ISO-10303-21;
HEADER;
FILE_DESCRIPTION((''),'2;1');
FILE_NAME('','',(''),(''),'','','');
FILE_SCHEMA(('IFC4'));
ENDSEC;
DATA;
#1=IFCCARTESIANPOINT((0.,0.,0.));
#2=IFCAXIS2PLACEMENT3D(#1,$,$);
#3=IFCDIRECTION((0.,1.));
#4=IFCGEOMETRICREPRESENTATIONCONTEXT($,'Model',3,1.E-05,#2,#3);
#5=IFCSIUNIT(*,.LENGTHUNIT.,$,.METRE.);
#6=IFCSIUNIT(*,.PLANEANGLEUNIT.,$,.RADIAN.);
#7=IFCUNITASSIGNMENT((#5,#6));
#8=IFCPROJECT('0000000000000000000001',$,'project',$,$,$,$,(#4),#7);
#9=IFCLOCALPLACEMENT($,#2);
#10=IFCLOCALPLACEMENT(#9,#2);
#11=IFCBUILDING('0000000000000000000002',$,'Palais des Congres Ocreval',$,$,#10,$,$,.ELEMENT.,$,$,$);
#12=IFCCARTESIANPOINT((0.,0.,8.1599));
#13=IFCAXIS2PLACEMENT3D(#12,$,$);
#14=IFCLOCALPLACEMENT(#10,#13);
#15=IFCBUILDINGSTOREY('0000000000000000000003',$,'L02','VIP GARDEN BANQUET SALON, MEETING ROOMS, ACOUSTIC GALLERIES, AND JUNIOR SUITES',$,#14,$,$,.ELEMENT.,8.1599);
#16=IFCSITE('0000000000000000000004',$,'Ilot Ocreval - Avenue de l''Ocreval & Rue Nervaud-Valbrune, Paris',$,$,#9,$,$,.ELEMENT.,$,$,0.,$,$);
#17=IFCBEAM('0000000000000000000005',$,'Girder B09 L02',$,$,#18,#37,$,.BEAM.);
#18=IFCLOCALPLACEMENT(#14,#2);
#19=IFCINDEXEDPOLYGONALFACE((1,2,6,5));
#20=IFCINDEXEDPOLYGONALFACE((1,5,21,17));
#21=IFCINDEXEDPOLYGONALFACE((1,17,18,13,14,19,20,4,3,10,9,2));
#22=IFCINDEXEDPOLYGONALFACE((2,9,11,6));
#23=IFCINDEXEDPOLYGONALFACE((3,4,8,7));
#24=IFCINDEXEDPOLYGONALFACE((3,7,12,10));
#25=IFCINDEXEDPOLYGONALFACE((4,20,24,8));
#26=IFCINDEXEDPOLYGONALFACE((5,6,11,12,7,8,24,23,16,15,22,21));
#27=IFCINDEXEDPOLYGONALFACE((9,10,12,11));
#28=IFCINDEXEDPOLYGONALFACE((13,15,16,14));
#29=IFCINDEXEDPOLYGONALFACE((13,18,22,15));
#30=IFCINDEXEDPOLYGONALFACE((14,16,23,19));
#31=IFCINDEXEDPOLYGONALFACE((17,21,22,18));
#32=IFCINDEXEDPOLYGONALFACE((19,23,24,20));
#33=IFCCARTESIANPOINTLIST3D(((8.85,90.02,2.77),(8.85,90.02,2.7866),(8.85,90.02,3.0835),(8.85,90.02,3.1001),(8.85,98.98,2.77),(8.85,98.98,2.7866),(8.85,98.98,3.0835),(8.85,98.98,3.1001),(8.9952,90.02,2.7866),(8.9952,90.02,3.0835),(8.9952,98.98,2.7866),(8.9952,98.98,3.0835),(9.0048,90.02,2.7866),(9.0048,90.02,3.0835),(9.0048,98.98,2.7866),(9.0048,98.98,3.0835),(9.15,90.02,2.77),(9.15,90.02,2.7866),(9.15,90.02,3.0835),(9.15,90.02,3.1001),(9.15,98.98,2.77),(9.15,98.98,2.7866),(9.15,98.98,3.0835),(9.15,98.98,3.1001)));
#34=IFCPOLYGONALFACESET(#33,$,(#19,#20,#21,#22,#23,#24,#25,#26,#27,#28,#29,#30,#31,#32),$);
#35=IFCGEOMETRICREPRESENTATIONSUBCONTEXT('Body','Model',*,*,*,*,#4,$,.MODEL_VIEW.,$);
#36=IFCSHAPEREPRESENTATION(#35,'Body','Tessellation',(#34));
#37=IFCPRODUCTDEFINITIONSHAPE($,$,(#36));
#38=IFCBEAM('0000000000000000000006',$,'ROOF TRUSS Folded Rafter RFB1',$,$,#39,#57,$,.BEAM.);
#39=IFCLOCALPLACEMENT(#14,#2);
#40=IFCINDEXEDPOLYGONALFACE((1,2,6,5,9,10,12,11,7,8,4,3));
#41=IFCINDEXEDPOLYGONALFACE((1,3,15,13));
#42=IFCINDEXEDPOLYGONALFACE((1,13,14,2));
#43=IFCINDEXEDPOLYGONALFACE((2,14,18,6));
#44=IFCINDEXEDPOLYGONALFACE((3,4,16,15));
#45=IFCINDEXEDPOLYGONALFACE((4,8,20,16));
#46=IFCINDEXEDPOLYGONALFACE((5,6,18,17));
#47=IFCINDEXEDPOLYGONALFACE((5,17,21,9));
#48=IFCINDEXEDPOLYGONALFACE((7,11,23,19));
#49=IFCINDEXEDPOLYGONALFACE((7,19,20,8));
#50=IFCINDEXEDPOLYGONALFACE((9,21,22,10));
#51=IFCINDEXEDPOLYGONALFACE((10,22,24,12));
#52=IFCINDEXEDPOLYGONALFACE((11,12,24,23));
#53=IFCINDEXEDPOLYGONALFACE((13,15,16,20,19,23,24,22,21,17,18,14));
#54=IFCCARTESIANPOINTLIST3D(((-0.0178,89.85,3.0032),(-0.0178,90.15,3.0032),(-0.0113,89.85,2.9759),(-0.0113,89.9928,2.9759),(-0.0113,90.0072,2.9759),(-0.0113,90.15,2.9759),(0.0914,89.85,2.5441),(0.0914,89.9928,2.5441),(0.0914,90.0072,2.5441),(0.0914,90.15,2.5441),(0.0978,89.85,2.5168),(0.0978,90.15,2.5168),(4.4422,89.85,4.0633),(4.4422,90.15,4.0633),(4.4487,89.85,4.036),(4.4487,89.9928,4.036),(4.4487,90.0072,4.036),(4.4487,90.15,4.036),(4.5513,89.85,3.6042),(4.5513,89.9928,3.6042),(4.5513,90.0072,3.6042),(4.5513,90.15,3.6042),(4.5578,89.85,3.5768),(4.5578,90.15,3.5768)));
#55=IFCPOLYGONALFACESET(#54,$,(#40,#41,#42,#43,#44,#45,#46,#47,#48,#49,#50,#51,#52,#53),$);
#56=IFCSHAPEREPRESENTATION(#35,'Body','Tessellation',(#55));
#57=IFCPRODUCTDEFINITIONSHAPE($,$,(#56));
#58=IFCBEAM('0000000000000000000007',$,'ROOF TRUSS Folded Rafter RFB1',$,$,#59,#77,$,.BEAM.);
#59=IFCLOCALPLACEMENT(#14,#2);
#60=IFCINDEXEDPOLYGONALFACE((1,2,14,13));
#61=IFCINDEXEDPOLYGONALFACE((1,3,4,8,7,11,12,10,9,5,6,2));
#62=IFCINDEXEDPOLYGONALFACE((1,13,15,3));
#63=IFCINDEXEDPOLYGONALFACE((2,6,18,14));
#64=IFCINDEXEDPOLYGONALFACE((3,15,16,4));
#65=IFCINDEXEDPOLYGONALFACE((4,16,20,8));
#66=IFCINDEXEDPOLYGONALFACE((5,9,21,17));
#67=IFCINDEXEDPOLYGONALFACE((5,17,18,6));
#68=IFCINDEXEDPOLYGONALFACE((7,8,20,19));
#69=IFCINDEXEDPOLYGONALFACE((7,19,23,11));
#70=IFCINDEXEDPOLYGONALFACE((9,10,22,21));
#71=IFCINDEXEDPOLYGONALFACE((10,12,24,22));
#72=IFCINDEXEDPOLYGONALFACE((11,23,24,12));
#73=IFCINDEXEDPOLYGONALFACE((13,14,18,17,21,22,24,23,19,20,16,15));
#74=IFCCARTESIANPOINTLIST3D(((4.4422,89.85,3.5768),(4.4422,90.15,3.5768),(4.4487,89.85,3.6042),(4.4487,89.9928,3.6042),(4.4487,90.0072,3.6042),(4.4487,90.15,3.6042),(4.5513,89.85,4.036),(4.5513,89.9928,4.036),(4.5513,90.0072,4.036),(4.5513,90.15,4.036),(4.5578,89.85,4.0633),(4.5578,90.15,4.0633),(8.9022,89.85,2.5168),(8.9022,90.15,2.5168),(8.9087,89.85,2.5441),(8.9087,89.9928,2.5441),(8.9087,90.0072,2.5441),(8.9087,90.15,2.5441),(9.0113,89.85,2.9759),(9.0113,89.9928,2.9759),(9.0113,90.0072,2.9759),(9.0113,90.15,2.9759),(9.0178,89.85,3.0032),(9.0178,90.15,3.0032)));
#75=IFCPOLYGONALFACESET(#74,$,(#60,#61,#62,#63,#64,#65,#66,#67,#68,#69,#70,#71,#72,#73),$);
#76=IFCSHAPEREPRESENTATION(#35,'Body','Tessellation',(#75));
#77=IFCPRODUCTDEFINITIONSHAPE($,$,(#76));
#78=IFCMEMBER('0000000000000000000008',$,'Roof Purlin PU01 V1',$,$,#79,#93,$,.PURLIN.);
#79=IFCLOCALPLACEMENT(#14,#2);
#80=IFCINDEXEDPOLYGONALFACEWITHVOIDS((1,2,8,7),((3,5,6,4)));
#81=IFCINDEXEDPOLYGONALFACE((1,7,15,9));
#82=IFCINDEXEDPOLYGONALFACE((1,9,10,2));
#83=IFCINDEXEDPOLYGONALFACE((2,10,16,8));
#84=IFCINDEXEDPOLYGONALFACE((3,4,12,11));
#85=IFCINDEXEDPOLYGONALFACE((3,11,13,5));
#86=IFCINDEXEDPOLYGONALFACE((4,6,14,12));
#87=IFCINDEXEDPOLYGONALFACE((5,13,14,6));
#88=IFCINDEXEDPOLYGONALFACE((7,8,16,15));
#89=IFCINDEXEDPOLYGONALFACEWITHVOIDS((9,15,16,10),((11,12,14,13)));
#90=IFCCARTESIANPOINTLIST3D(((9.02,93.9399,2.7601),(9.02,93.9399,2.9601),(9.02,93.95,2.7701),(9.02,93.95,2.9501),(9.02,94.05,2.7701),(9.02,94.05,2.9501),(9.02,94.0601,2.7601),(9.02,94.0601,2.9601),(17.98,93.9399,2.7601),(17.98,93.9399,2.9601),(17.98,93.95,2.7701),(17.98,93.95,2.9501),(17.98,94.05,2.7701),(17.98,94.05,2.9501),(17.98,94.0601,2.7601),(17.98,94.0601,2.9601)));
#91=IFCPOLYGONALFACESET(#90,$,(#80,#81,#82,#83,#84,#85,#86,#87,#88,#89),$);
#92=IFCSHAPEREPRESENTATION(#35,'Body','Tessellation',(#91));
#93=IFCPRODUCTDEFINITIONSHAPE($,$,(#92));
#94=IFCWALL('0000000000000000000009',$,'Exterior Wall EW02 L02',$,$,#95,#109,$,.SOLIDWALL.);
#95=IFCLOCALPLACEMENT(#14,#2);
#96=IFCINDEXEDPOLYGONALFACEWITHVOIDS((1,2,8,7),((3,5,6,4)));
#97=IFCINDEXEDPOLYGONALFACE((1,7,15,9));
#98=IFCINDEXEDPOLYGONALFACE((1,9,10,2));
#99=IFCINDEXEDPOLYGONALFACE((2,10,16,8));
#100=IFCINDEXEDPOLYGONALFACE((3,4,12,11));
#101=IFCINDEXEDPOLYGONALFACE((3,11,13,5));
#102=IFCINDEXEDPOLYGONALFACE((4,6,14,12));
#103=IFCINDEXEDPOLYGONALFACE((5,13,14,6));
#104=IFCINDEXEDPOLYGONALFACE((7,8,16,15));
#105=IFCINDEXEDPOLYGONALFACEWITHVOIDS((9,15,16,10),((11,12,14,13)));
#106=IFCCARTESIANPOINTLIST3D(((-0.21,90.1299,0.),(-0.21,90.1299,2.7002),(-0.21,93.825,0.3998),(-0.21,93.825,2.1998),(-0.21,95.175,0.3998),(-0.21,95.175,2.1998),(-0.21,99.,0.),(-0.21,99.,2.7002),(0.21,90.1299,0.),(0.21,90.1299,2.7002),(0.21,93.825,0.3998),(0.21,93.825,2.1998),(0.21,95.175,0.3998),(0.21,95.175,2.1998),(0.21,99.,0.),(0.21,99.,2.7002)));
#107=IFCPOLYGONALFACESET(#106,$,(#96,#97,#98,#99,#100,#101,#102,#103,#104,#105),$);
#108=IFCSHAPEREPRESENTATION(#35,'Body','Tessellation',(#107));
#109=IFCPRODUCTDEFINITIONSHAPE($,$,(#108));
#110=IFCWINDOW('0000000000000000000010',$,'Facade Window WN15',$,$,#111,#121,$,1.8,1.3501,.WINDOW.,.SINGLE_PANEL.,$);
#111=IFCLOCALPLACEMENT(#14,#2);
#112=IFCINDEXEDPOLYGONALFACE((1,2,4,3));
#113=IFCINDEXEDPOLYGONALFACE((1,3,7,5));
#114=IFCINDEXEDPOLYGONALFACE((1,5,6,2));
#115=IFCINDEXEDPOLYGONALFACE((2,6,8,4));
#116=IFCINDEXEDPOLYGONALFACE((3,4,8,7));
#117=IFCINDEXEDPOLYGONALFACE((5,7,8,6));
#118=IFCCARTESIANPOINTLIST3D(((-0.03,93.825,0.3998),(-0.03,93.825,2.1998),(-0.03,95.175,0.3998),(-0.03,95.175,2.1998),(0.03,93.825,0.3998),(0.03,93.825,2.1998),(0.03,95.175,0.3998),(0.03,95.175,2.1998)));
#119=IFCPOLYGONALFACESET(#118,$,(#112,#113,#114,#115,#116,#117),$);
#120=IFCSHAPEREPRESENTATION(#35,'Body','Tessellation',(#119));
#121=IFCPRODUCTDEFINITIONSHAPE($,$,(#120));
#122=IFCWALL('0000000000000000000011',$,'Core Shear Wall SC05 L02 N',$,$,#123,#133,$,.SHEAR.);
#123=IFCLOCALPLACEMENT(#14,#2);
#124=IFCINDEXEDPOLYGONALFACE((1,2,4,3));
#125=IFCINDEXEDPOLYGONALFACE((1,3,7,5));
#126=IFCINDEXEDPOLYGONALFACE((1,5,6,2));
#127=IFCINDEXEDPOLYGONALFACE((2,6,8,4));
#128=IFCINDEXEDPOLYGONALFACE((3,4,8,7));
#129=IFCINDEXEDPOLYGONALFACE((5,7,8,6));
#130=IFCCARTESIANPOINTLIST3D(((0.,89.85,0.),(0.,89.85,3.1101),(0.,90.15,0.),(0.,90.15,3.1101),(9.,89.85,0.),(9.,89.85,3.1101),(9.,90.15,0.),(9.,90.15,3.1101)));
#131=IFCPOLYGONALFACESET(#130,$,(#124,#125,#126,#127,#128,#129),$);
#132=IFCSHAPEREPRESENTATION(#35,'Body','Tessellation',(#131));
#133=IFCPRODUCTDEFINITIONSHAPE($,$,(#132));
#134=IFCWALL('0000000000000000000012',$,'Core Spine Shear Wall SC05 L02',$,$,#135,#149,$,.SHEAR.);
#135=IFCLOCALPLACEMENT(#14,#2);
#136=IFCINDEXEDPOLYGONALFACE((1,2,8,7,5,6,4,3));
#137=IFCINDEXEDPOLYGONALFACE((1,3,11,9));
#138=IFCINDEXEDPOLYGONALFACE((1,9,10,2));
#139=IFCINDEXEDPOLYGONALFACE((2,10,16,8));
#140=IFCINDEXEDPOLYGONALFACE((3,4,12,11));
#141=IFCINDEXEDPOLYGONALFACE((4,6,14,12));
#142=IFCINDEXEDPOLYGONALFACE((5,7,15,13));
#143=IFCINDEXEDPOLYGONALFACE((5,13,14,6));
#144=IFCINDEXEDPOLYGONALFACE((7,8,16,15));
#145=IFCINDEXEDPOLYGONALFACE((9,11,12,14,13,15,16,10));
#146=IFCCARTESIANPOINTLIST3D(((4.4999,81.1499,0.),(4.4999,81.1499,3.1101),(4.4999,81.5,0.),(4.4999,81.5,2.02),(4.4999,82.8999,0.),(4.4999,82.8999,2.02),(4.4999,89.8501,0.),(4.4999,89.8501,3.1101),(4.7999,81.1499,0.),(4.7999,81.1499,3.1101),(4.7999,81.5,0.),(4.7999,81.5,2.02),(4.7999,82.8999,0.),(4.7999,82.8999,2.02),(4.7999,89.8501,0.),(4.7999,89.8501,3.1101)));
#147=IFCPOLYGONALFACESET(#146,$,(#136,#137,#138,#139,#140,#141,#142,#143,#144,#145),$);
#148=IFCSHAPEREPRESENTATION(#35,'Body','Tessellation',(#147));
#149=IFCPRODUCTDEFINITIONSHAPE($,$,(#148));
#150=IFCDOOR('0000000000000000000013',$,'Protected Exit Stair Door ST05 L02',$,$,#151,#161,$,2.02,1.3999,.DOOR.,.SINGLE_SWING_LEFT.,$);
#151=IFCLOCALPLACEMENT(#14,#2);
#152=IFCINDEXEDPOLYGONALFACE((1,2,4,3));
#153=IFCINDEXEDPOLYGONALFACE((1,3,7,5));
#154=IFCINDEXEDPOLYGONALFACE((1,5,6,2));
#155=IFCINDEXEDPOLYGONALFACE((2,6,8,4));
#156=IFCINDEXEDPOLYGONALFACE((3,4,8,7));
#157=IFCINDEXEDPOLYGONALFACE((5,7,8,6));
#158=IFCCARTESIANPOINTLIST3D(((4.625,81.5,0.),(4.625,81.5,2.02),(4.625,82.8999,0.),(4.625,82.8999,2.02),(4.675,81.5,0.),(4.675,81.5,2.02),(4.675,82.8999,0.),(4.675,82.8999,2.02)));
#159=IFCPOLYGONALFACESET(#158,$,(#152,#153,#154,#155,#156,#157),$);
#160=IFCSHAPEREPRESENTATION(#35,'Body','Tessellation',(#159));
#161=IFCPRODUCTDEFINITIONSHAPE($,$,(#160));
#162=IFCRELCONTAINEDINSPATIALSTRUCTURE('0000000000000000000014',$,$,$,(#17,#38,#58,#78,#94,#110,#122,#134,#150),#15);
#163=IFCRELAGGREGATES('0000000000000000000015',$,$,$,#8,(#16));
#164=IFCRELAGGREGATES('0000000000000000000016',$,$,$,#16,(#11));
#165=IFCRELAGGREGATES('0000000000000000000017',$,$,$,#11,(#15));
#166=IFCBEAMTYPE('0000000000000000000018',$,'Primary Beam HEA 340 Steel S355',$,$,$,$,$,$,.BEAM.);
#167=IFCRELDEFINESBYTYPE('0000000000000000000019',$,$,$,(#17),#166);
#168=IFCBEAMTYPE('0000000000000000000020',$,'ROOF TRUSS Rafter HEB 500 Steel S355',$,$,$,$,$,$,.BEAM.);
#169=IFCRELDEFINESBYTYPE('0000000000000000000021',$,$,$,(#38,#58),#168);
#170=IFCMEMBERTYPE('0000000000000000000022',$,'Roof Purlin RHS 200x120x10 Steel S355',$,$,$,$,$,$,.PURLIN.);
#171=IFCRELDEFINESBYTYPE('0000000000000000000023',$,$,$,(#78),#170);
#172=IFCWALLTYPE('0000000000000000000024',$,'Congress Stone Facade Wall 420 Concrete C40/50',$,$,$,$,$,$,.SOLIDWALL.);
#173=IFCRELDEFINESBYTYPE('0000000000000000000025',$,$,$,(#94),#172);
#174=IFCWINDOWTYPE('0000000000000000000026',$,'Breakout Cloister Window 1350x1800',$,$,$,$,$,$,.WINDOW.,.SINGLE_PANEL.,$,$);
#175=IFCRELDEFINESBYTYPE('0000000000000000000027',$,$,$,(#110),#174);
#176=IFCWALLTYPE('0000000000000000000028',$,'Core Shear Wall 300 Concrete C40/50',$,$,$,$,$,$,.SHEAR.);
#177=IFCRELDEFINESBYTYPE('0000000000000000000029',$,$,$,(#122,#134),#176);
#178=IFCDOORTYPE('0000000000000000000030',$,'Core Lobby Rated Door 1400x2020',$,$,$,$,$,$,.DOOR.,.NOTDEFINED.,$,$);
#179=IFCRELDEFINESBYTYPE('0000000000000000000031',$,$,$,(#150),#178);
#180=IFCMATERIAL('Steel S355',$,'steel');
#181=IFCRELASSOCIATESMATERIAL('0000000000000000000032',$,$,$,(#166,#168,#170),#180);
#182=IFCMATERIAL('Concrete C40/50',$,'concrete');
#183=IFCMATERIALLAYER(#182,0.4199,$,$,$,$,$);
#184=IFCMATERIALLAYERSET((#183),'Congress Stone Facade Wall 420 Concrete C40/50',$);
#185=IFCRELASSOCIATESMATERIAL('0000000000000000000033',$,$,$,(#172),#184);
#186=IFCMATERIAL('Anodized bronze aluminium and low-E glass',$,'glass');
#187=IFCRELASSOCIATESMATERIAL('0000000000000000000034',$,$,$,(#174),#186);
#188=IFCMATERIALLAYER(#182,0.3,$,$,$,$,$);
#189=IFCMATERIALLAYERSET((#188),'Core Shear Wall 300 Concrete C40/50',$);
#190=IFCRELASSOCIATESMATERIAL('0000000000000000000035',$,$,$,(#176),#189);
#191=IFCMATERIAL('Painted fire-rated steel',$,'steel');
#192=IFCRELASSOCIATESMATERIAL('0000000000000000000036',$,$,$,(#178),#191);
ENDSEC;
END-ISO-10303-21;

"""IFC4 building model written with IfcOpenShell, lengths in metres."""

from ifc_helpers import new_model, si_unit, direction, frame, frame_2d, origin, origin_2d, place, context, subcontext, project, spatial, rectangle, hollow_rectangle, i_section, extrude, material, layer, layer_set, material_profile, profile_set, type_object, element, fill, save


model = new_model("IFC4")

# Units and contexts
model_context = context("Model", 3, precision=1e-05, world=origin(), true_north=direction((0.0, 1.0)))
body_context = subcontext(model_context, "Body", "Model", "MODEL_VIEW")
ifc_project = project(units=[si_unit("LENGTHUNIT", "METRE"), si_unit("PLANEANGLEUNIT", "RADIAN")], contexts=[model_context])

# Site, building, storey
site_placement = place(None, origin())
site = spatial("IfcSite", under=ifc_project, at=site_placement, Name="Ilot Ocreval - Avenue de l'Ocreval & Rue Nervaud-Valbrune, Paris", CompositionType="ELEMENT", RefElevation=0.0)
building_placement = place(site_placement, origin())
building = spatial("IfcBuilding", under=site, at=building_placement, Name="Palais des Congres Ocreval", CompositionType="ELEMENT")
storey_placement = place(building_placement, frame((0.0, 0.0, 8.1599)))
storey = spatial("IfcBuildingStorey", under=building, at=storey_placement, Name="L02", Description="VIP GARDEN BANQUET SALON, MEETING ROOMS, ACOUSTIC GALLERIES, AND JUNIOR SUITES", CompositionType="ELEMENT", Elevation=8.1599)

# Shared definitions
ifc_material_1 = material(Name="Steel S355", Category="steel")

# Beams
ifc_material_profile_1 = material_profile(ifc_material_1, i_section(OverallWidth=0.3, OverallDepth=0.3301, WebThickness=0.0095, FlangeThickness=0.0166, at=origin_2d()), Name="HEA 340")
ifc_profile_set_1 = profile_set([ifc_material_profile_1], Name="Steel S355")
beam_type_1 = type_object("IfcBeamType", Name="Primary Beam HEA 340 Steel S355", PredefinedType="BEAM", material=ifc_profile_set_1)
beam_1_placement = place(storey_placement, frame((9.0, 90.02, 2.9351), z_axis=(0.0, 1.0, 0.0), x_axis=(-1.0, 0.0, 0.0)))
element("IfcBeam", 1, at=beam_1_placement, inside=storey, type_object=beam_type_1, Name="Girder B09 L02", PredefinedType="BEAM", context=body_context, shape_type="SweptSolid", body=[
    extrude(i_section(OverallWidth=0.3, OverallDepth=0.3301, WebThickness=0.0095, FlangeThickness=0.0166, at=origin_2d()), origin(), (0.0, 0.0, 1.0), 8.96),
])
ifc_material_profile_2 = material_profile(ifc_material_1, i_section(OverallWidth=0.3, OverallDepth=0.5, WebThickness=0.0144, FlangeThickness=0.0281, at=origin_2d()), Name="HEB 500")
ifc_profile_set_2 = profile_set([ifc_material_profile_2], Name="Steel S355")
beam_type_2 = type_object("IfcBeamType", Name="ROOF TRUSS Rafter HEB 500 Steel S355", PredefinedType="BEAM", material=ifc_profile_set_2)
for number, where, z_axis, x_axis, name in (
    (2, (0.04, 90.0, 2.76), (0.972896, 0.0, 0.231241), (0.0, 1.0, 0.0), "ROOF TRUSS Folded Rafter RFB1"),
    (3, (4.5, 90.0, 3.8201), (0.972896, 0.0, -0.231241), (0.0, 1.0, 0.0), "ROOF TRUSS Folded Rafter RFB1"),
):
    element("IfcBeam", number, at=place(storey_placement, frame(where, z_axis=z_axis, x_axis=x_axis)), inside=storey, type_object=beam_type_2, Name=name, PredefinedType="BEAM", context=body_context, shape_type="SweptSolid", body=[
        extrude(i_section(OverallWidth=0.3, OverallDepth=0.5, WebThickness=0.0144, FlangeThickness=0.0281, at=origin_2d()), origin(), (0.0, 0.0, 1.0), 4.5842),
    ])

# Member
ifc_material_profile_3 = material_profile(ifc_material_1, hollow_rectangle(XDim=0.1201, YDim=0.2, WallThickness=0.01, at=origin_2d()), Name="RHS 200x120x10")
ifc_profile_set_3 = profile_set([ifc_material_profile_3], Name="Steel S355")
member_type = type_object("IfcMemberType", Name="Roof Purlin RHS 200x120x10 Steel S355", PredefinedType="PURLIN", material=ifc_profile_set_3)
member_placement = place(storey_placement, frame((9.02, 94.0, 2.8601), z_axis=(1.0, 0.0, 0.0), x_axis=(0.0, 1.0, 0.0)))
element("IfcMember", 4, at=member_placement, inside=storey, type_object=member_type, Name="Roof Purlin PU01 V1", PredefinedType="PURLIN", context=body_context, shape_type="SweptSolid", body=[
    extrude(hollow_rectangle(XDim=0.1201, YDim=0.2, WallThickness=0.01, at=origin_2d()), origin(), (0.0, 0.0, 1.0), 8.96),
])

# Wall, opening, window
ifc_material_2 = material(Name="Concrete C40/50", Category="concrete")
ifc_layer_1 = layer(ifc_material_2, 0.4199)
ifc_layer_set_1 = layer_set([ifc_layer_1], Name="Congress Stone Facade Wall 420 Concrete C40/50")
wall_type_1 = type_object("IfcWallType", Name="Congress Stone Facade Wall 420 Concrete C40/50", PredefinedType="SOLIDWALL", material=ifc_layer_set_1)
wall_1_placement = place(storey_placement, frame((0.0, 90.1299, 0.0), z_axis=(0.0, 0.0, 1.0), x_axis=(0.0, 1.0, 0.0)))
wall_1 = element("IfcWall", 5, at=wall_1_placement, inside=storey, type_object=wall_type_1, Name="Exterior Wall EW02 L02", PredefinedType="SOLIDWALL", context=body_context, shape_type="SweptSolid", body=[
    extrude(rectangle(XDim=8.8701, YDim=0.4199, at=frame_2d((4.4351, 0.0))), origin(), (0.0, 0.0, 1.0), 2.7002),
])
opening_1_placement = place(wall_1_placement, frame((3.6951, 0.0, 0.3999)))
opening_1 = element("IfcOpeningElement", 6, at=opening_1_placement, cuts=wall_1, PredefinedType="OPENING", context=body_context, shape_type="SweptSolid", body=[
    extrude(rectangle(XDim=1.3501, YDim=1.8, at=frame_2d((0.675, 0.8999))), frame((0.0, 0.22, 0.0), z_axis=(0.0, -1.0, 0.0), x_axis=(1.0, 0.0, 0.0)), (0.0, 0.0, 1.0), 0.4399),
])
ifc_material_3 = material(Name="Anodized bronze aluminium and low-E glass", Category="glass")
window_type = type_object("IfcWindowType", Name="Breakout Cloister Window 1350x1800", PartitioningType="SINGLE_PANEL", PredefinedType="WINDOW", material=ifc_material_3)
window_placement = place(opening_1_placement, origin())
window = element("IfcWindow", 7, at=window_placement, inside=storey, type_object=window_type, Name="Facade Window WN15", OverallHeight=1.8, OverallWidth=1.3501, PartitioningType="SINGLE_PANEL", PredefinedType="WINDOW", context=body_context, shape_type="SweptSolid", body=[
    extrude(rectangle(XDim=1.3501, YDim=1.8, at=frame_2d((0.675, 0.8999))), frame((0.0, 0.03, 0.0), z_axis=(0.0, -1.0, 0.0), x_axis=(1.0, 0.0, 0.0)), (0.0, 0.0, 1.0), 0.0601),
])
fill(opening_1, window)

# Wall
ifc_layer_2 = layer(ifc_material_2, 0.3)
ifc_layer_set_2 = layer_set([ifc_layer_2], Name="Core Shear Wall 300 Concrete C40/50")
wall_type_2 = type_object("IfcWallType", Name="Core Shear Wall 300 Concrete C40/50", PredefinedType="SHEAR", material=ifc_layer_set_2)
wall_2_placement = place(storey_placement, frame((0.0, 90.0, 0.0), z_axis=(0.0, 0.0, 1.0), x_axis=(1.0, 0.0, 0.0)))
element("IfcWall", 8, at=wall_2_placement, inside=storey, type_object=wall_type_2, Name="Core Shear Wall SC05 L02 N", PredefinedType="SHEAR", context=body_context, shape_type="SweptSolid", body=[
    extrude(rectangle(XDim=9.0, YDim=0.3, at=frame_2d((4.5, 0.0))), origin(), (0.0, 0.0, 1.0), 3.1101),
])

# Wall, opening, door
wall_3_placement = place(storey_placement, frame((4.6499, 81.1499, 0.0), z_axis=(0.0, 0.0, 1.0), x_axis=(0.0, 1.0, 0.0)))
wall_3 = element("IfcWall", 9, at=wall_3_placement, inside=storey, type_object=wall_type_2, Name="Core Spine Shear Wall SC05 L02", PredefinedType="SHEAR", context=body_context, shape_type="SweptSolid", body=[
    extrude(rectangle(XDim=8.7002, YDim=0.3, at=frame_2d((4.3501, 0.0))), origin(), (0.0, 0.0, 1.0), 3.1101),
])
opening_2_placement = place(wall_3_placement, frame((0.3501, 0.0, 0.0)))
opening_2 = element("IfcOpeningElement", 10, at=opening_2_placement, cuts=wall_3, PredefinedType="OPENING", context=body_context, shape_type="SweptSolid", body=[
    extrude(rectangle(XDim=1.3999, YDim=2.02, at=frame_2d((0.7, 1.01))), frame((0.0, 0.1599, 0.0), z_axis=(0.0, -1.0, 0.0), x_axis=(1.0, 0.0, 0.0)), (0.0, 0.0, 1.0), 0.3201),
])
ifc_material_4 = material(Name="Painted fire-rated steel", Category="steel")
door_type_1 = type_object("IfcDoorType", Name="Core Lobby Rated Door 1400x2020", OperationType="NOTDEFINED", PredefinedType="DOOR", material=ifc_material_4)
door_1_placement = place(opening_2_placement, origin())
door_1 = element("IfcDoor", 11, at=door_1_placement, inside=storey, type_object=door_type_1, Name="Protected Exit Stair Door ST05 L02", OperationType="SINGLE_SWING_LEFT", OverallHeight=2.02, OverallWidth=1.3999, PredefinedType="DOOR", context=body_context, shape_type="SweptSolid", body=[
    extrude(rectangle(XDim=1.3999, YDim=2.02, at=frame_2d((0.7, 1.01))), frame((0.0, 0.0249, 0.0), z_axis=(0.0, -1.0, 0.0), x_axis=(1.0, 0.0, 0.0)), (0.0, 0.0, 1.0), 0.05),
])
fill(opening_2, door_1)

save(model, "model.ifc")
